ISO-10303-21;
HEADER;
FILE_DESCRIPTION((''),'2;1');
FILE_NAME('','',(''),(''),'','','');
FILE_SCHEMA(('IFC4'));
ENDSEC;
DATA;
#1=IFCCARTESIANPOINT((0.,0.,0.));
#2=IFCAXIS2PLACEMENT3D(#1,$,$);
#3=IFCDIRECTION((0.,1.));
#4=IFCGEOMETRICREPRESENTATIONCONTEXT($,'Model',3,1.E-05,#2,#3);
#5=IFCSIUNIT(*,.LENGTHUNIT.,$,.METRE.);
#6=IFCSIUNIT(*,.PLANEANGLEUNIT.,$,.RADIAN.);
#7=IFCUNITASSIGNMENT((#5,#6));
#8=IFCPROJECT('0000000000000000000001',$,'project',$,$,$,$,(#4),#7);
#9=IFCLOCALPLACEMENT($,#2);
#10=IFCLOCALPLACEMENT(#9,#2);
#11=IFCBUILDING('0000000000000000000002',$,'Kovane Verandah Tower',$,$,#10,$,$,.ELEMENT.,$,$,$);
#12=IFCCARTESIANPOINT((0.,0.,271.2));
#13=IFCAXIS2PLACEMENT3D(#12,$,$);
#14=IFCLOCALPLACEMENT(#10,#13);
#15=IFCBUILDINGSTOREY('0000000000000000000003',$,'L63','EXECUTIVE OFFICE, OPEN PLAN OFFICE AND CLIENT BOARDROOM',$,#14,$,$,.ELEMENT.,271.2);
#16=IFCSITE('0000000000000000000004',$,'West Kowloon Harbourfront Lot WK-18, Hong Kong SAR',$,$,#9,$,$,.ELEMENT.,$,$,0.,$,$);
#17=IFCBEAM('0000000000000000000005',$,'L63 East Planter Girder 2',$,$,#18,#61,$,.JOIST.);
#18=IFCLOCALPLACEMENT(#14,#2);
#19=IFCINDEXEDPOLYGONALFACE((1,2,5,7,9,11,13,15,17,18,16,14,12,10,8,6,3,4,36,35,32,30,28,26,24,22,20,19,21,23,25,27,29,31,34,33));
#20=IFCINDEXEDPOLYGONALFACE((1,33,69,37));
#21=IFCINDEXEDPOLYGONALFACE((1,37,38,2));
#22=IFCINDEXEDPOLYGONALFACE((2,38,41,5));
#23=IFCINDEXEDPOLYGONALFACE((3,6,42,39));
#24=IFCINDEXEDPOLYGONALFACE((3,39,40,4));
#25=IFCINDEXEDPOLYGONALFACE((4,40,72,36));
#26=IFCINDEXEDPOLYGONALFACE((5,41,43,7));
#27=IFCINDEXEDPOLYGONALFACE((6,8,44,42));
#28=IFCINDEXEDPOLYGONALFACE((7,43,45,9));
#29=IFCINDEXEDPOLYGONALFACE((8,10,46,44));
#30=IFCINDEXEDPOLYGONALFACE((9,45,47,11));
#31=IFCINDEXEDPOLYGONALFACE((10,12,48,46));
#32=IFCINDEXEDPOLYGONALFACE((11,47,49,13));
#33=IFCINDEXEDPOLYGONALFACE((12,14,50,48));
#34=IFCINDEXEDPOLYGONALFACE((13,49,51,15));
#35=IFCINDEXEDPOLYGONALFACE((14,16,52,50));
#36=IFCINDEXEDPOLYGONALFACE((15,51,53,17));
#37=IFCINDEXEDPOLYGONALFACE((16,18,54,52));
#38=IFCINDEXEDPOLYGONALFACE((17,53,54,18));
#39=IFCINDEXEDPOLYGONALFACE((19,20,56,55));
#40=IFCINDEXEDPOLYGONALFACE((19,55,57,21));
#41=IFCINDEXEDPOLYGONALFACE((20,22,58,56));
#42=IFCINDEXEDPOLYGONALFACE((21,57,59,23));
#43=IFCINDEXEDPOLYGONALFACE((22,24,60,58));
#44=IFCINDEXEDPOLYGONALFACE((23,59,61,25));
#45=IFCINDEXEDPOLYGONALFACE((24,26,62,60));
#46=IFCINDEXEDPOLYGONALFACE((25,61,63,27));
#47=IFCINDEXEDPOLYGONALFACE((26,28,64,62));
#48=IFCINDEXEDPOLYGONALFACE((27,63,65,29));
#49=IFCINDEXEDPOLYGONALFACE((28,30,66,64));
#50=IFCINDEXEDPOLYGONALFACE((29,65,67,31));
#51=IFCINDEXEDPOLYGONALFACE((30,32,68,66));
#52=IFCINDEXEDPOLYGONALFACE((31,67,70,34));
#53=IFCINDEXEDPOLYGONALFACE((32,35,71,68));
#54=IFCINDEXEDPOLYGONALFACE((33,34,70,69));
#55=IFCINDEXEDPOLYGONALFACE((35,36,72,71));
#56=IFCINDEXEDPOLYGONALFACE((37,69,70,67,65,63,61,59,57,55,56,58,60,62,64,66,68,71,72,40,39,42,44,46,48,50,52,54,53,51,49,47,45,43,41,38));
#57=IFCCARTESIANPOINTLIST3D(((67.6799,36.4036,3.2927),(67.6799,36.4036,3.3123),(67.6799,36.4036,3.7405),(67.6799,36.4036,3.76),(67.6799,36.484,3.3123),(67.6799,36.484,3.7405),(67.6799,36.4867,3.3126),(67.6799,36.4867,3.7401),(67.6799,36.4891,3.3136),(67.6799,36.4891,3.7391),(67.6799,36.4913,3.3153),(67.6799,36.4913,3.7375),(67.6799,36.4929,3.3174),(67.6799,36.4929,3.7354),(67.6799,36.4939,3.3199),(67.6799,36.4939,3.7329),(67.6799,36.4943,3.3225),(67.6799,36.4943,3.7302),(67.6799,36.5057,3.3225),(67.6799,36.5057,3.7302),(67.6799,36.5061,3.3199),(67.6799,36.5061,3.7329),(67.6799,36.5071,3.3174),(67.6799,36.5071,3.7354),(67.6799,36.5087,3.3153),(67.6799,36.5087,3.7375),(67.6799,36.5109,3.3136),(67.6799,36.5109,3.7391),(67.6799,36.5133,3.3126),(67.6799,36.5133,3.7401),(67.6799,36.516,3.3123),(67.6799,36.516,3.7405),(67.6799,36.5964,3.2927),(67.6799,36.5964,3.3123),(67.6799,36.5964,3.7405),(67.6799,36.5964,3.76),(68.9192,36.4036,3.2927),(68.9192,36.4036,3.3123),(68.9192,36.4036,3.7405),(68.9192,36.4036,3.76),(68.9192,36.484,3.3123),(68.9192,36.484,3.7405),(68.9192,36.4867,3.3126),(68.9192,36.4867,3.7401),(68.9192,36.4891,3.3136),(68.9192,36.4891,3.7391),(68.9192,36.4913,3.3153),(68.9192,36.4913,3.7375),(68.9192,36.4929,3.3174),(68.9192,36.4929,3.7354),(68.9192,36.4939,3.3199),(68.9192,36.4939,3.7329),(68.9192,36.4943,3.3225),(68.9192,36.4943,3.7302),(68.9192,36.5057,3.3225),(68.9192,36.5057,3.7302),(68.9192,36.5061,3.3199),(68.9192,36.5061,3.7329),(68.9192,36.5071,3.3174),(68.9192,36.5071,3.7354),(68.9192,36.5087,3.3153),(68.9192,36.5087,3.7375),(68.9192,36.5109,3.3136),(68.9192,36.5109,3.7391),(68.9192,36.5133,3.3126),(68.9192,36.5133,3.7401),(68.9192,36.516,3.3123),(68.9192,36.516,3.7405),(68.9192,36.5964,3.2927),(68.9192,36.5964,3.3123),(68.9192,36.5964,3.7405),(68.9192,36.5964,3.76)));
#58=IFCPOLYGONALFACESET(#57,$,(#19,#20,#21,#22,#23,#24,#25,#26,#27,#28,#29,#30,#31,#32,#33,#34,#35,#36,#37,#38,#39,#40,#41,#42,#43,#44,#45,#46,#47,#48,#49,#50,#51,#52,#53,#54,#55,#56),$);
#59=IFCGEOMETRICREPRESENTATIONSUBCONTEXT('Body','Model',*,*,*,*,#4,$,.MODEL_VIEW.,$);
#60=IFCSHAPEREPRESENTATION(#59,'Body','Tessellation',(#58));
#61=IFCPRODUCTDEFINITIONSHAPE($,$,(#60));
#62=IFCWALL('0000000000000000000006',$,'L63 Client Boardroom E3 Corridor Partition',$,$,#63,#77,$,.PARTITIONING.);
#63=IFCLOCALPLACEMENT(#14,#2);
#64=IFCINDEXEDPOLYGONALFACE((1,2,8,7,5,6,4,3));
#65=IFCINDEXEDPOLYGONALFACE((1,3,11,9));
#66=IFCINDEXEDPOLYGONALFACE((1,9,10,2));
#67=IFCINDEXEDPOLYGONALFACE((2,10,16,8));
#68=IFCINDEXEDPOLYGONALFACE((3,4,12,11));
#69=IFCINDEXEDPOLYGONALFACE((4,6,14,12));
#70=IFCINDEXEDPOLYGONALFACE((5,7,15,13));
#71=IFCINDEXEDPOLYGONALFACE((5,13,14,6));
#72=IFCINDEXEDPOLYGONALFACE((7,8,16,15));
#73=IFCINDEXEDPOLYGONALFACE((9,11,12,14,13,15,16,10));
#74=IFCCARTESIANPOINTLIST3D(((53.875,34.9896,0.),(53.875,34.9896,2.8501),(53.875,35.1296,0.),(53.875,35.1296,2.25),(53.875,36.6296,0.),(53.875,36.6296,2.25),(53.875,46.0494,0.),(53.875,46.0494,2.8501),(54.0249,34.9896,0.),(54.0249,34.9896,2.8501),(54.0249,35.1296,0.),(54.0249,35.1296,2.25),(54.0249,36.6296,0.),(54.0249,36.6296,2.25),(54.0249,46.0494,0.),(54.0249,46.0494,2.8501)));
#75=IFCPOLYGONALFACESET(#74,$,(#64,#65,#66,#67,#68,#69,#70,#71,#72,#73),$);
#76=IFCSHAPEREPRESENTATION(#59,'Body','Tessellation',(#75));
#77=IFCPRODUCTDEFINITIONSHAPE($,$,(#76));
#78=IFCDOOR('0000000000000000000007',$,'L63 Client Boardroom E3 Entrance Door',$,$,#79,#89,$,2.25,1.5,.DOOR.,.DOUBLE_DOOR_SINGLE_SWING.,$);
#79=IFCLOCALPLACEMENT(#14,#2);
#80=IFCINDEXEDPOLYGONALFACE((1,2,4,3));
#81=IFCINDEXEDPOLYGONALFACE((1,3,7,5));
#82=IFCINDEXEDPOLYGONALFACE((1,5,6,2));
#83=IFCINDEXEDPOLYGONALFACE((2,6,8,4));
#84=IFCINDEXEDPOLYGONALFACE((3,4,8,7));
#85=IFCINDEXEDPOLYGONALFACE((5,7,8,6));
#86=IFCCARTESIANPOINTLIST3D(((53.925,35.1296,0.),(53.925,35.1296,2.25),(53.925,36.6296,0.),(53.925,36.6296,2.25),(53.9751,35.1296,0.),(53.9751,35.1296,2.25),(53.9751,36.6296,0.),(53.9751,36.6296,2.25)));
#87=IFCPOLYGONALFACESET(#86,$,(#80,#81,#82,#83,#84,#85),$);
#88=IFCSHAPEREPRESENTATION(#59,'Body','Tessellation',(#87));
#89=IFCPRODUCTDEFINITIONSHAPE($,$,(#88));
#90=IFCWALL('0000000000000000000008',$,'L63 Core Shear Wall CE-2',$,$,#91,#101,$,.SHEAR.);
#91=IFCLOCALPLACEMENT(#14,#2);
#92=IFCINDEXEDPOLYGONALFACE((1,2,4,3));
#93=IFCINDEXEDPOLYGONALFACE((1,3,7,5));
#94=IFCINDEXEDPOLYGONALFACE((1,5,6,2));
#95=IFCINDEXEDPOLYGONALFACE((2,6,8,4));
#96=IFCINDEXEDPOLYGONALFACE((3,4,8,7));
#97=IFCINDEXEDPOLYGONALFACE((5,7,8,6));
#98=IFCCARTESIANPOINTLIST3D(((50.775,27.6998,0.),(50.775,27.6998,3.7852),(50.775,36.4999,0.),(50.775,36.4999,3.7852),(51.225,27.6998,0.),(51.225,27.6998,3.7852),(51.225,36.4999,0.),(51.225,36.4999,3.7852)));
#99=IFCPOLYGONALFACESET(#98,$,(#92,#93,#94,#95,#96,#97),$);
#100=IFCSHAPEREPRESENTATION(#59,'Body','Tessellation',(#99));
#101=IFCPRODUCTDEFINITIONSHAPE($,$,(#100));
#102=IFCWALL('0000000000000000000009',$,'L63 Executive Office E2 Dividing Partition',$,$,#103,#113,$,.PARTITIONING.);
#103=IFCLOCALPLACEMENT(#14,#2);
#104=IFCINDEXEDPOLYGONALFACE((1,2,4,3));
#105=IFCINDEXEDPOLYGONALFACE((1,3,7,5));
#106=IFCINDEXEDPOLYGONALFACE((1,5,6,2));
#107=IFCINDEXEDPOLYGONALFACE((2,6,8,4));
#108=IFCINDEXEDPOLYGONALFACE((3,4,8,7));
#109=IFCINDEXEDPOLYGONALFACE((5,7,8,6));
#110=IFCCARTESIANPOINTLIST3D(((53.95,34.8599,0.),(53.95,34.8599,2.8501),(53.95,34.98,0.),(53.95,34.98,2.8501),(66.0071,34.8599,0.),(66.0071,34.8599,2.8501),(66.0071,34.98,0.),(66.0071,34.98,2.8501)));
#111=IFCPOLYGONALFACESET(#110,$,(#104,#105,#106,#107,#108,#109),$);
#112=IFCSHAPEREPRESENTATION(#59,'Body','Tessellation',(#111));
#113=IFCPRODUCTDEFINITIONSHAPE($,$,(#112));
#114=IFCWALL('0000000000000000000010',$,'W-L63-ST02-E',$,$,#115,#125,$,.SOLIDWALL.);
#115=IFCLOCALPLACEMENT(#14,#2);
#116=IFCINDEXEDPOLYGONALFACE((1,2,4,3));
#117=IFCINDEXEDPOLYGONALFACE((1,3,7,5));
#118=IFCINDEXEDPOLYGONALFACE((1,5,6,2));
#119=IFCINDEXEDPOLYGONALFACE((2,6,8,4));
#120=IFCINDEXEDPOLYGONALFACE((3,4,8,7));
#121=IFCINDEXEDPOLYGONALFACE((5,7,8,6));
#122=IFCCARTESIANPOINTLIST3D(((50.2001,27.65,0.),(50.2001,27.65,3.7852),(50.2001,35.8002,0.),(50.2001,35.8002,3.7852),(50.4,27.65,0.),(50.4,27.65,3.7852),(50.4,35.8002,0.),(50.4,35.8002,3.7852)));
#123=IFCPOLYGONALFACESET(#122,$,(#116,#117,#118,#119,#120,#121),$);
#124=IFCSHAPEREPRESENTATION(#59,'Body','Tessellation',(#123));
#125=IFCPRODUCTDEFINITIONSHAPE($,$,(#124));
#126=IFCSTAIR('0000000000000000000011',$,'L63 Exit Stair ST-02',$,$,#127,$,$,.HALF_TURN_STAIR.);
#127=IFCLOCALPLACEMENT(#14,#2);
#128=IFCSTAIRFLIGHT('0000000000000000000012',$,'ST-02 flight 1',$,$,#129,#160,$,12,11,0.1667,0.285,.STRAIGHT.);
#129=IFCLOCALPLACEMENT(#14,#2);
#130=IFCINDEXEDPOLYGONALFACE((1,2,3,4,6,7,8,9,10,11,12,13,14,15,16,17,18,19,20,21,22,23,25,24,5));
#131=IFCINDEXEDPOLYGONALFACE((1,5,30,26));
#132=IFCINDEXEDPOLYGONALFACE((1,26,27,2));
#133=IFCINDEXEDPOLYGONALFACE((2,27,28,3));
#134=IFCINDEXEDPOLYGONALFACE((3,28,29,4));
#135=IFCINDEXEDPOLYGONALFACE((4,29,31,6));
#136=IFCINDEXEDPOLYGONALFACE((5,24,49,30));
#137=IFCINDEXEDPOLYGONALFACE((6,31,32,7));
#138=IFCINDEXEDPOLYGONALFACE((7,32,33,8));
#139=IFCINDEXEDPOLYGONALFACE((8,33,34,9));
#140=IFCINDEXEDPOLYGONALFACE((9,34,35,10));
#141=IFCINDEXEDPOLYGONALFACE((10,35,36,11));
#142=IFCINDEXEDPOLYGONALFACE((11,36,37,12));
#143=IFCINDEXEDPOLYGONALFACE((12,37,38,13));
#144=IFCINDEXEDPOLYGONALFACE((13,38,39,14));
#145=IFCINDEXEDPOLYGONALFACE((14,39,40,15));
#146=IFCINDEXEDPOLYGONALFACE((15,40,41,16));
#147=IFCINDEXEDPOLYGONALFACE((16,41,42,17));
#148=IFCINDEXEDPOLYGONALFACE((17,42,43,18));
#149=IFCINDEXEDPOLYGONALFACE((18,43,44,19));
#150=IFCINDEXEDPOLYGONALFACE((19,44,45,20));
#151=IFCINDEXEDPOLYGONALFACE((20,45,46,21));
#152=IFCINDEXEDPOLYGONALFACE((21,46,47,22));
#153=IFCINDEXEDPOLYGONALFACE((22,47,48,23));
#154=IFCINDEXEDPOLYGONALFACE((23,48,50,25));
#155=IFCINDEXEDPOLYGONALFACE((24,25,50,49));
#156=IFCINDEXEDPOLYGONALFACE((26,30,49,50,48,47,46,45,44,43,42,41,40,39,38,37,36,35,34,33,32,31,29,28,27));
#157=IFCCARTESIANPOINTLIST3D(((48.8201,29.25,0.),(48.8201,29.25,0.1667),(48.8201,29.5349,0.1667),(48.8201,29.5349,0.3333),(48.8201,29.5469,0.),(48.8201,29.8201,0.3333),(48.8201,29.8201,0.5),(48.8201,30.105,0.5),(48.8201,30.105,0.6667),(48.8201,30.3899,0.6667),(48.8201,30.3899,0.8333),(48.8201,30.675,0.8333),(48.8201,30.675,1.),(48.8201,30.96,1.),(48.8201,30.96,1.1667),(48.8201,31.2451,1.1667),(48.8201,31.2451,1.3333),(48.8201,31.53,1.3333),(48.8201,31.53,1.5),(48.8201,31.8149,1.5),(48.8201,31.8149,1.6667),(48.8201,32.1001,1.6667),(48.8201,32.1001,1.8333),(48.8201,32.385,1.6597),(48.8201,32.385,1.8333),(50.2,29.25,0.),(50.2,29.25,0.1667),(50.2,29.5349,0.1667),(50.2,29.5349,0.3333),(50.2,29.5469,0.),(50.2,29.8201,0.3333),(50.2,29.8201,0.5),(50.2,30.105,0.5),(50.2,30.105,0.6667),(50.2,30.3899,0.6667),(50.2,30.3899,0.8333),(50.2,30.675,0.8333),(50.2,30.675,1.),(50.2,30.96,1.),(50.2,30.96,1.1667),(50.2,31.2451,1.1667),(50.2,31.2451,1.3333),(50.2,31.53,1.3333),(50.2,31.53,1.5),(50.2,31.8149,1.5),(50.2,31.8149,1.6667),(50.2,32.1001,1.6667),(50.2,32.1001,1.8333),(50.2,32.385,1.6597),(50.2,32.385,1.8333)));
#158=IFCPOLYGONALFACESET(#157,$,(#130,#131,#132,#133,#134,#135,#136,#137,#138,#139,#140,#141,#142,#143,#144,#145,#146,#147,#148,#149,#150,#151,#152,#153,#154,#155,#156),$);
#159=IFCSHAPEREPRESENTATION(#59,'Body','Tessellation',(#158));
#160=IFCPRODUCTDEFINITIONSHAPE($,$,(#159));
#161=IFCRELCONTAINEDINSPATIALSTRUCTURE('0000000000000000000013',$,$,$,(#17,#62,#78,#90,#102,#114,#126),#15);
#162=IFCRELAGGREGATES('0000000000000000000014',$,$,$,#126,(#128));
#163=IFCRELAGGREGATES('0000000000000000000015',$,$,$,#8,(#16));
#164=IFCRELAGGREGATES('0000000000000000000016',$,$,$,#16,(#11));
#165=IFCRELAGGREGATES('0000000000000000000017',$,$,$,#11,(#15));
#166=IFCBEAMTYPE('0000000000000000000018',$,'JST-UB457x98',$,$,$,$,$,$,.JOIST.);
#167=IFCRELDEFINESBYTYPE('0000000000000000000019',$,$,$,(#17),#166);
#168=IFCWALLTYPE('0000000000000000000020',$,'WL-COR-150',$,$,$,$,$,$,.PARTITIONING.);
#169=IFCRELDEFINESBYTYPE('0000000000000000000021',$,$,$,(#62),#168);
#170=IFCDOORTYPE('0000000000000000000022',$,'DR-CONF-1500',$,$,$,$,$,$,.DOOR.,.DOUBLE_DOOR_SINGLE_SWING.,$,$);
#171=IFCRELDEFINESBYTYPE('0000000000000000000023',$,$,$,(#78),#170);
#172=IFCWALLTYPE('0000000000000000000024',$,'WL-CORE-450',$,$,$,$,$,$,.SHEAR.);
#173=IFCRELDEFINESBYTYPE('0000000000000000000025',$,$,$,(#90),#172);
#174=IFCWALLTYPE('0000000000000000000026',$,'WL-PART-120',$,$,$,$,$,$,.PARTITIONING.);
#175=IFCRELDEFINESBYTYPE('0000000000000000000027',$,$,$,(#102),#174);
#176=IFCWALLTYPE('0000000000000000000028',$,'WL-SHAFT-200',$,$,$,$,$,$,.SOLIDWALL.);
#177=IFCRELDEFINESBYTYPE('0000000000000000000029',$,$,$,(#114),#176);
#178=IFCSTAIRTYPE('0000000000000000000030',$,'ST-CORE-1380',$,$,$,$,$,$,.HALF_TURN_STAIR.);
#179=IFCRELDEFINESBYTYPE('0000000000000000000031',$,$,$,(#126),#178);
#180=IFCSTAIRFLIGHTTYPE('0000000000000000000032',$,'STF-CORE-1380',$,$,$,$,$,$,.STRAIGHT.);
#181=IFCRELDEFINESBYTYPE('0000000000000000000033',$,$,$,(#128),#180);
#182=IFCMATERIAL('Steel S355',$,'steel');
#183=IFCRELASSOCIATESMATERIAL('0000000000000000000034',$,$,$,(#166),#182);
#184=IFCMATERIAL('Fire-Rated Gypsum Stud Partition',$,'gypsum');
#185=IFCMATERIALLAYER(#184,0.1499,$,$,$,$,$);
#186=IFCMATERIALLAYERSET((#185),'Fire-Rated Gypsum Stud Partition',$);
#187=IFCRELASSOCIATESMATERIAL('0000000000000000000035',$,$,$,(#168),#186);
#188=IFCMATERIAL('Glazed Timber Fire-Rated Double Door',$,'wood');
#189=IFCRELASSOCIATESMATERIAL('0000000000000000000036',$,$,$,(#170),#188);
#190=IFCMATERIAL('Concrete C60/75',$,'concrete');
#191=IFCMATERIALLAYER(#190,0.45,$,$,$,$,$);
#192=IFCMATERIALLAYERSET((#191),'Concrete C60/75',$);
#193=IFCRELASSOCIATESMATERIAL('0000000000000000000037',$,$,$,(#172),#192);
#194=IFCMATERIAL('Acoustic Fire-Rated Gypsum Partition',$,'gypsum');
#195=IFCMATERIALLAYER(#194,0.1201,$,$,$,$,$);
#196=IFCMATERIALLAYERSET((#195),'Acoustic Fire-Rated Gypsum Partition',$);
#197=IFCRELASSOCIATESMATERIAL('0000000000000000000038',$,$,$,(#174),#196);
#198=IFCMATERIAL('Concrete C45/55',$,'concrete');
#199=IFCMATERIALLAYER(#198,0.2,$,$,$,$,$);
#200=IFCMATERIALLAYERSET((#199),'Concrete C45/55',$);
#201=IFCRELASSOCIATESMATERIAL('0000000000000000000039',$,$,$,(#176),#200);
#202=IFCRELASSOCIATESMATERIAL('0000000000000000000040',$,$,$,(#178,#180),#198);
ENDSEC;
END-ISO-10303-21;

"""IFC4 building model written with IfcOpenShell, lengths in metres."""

from ifc_helpers import new_model, si_unit, direction, frame, frame_2d, origin, origin_2d, place, context, subcontext, project, spatial, polyline, rectangle, i_section, outline, extrude, material, layer, layer_set, material_profile, profile_set, type_object, element, fill, aggregate, save


model = new_model("IFC4")

# Units and contexts
model_context = context("Model", 3, precision=1e-05, world=origin(), true_north=direction((0.0, 1.0)))
body_context = subcontext(model_context, "Body", "Model", "MODEL_VIEW")
ifc_project = project(units=[si_unit("LENGTHUNIT", "METRE"), si_unit("PLANEANGLEUNIT", "RADIAN")], contexts=[model_context])

# Site, building, storey
site_placement = place(None, origin())
site = spatial("IfcSite", under=ifc_project, at=site_placement, Name="West Kowloon Harbourfront Lot WK-18, Hong Kong SAR", CompositionType="ELEMENT", RefElevation=0.0)
building_placement = place(site_placement, origin())
building = spatial("IfcBuilding", under=site, at=building_placement, Name="Kovane Verandah Tower", CompositionType="ELEMENT")
storey_placement = place(building_placement, frame((0.0, 0.0, 271.2)))
storey = spatial("IfcBuildingStorey", under=building, at=storey_placement, Name="L63", Description="EXECUTIVE OFFICE, OPEN PLAN OFFICE AND CLIENT BOARDROOM", CompositionType="ELEMENT", Elevation=271.2)

# Shared definitions
ifc_material_1 = material(Name="Concrete C60/75", Category="concrete")

# Beam
ifc_material_2 = material(Name="Steel S355", Category="steel")
ifc_material_profile_1 = material_profile(ifc_material_2, i_section(OverallWidth=0.1929, OverallDepth=0.4673, WebThickness=0.0115, FlangeThickness=0.0195, FilletRadius=0.0103, at=origin_2d()), Name="UB457x191x98")
ifc_profile_set_1 = profile_set([ifc_material_profile_1], Name="Steel S355")
beam_type_1 = type_object("IfcBeamType", Name="JST-UB457x98", PredefinedType="JOIST", material=ifc_profile_set_1)
beam_1_placement = place(storey_placement, frame((67.6799, 36.5, 3.5264), z_axis=(1.0, 0.0, 0.0), x_axis=(0.0, 1.0, 0.0)))
element("IfcBeam", 1, at=beam_1_placement, inside=storey, type_object=beam_type_1, Name="L63 East Planter Girder 2", PredefinedType="JOIST", context=body_context, shape_type="SweptSolid", body=[
    extrude(i_section(OverallWidth=0.1929, OverallDepth=0.4673, WebThickness=0.0115, FlangeThickness=0.0195, FilletRadius=0.0103, at=origin_2d()), origin(), (0.0, 0.0, 1.0), 1.2393),
])

# Wall, opening, door
ifc_material_3 = material(Name="Fire-Rated Gypsum Stud Partition", Category="gypsum")
ifc_layer_1 = layer(ifc_material_3, 0.1499)
ifc_layer_set_1 = layer_set([ifc_layer_1], Name="Fire-Rated Gypsum Stud Partition")
wall_type_1 = type_object("IfcWallType", Name="WL-COR-150", PredefinedType="PARTITIONING", material=ifc_layer_set_1)
wall_1_placement = place(storey_placement, frame((53.95, 34.9897, 0.0), z_axis=(0.0, 0.0, 1.0), x_axis=(0.0, 1.0, 0.0)))
wall_1 = element("IfcWall", 2, at=wall_1_placement, inside=storey, type_object=wall_type_1, Name="L63 Client Boardroom E3 Corridor Partition", PredefinedType="PARTITIONING", context=body_context, shape_type="SweptSolid", body=[
    extrude(rectangle(XDim=11.0598, YDim=0.1499, at=frame_2d((5.5298, 0.0))), origin(), (0.0, 0.0, 1.0), 2.8501),
])
opening_placement = place(wall_1_placement, frame((0.1399, 0.0, 0.0)))
opening = element("IfcOpeningElement", 3, at=opening_placement, cuts=wall_1, PredefinedType="OPENING", context=body_context, shape_type="SweptSolid", body=[
    extrude(rectangle(XDim=1.5, YDim=2.25, at=frame_2d((0.75, 1.125))), frame((0.0, 0.075, 0.0), z_axis=(0.0, -1.0, 0.0), x_axis=(1.0, 0.0, 0.0)), (0.0, 0.0, 1.0), 0.1499),
])
ifc_material_4 = material(Name="Glazed Timber Fire-Rated Double Door", Category="wood")
door_type = type_object("IfcDoorType", Name="DR-CONF-1500", OperationType="DOUBLE_DOOR_SINGLE_SWING", PredefinedType="DOOR", material=ifc_material_4)
door_placement = place(opening_placement, origin())
door = element("IfcDoor", 4, at=door_placement, inside=storey, type_object=door_type, Name="L63 Client Boardroom E3 Entrance Door", OperationType="DOUBLE_DOOR_SINGLE_SWING", OverallHeight=2.25, OverallWidth=1.5, PredefinedType="DOOR", context=body_context, shape_type="SweptSolid", body=[
    extrude(rectangle(XDim=1.5, YDim=2.25, at=frame_2d((0.75, 1.125))), frame((0.0, 0.0249, 0.0), z_axis=(0.0, -1.0, 0.0), x_axis=(1.0, 0.0, 0.0)), (0.0, 0.0, 1.0), 0.05),
])
fill(opening, door)

# Walls
ifc_layer_2 = layer(ifc_material_1, 0.45)
ifc_layer_set_2 = layer_set([ifc_layer_2], Name="Concrete C60/75")
wall_type_2 = type_object("IfcWallType", Name="WL-CORE-450", PredefinedType="SHEAR", material=ifc_layer_set_2)
wall_2_placement = place(storey_placement, frame((51.0, 27.7, 0.0), z_axis=(0.0, 0.0, 1.0), x_axis=(0.0, 1.0, 0.0)))
element("IfcWall", 5, at=wall_2_placement, inside=storey, type_object=wall_type_2, Name="L63 Core Shear Wall CE-2", PredefinedType="SHEAR", context=body_context, shape_type="SweptSolid", body=[
    extrude(rectangle(XDim=8.8, YDim=0.45, at=frame_2d((4.3999, 0.0))), origin(), (0.0, 0.0, 1.0), 3.7852),
])
ifc_material_5 = material(Name="Acoustic Fire-Rated Gypsum Partition", Category="gypsum")
ifc_layer_3 = layer(ifc_material_5, 0.1201)
ifc_layer_set_3 = layer_set([ifc_layer_3], Name="Acoustic Fire-Rated Gypsum Partition")
wall_type_3 = type_object("IfcWallType", Name="WL-PART-120", PredefinedType="PARTITIONING", material=ifc_layer_set_3)
wall_3_placement = place(storey_placement, frame((53.95, 34.9199, 0.0), z_axis=(0.0, 0.0, 1.0), x_axis=(1.0, 0.0, 0.0)))
element("IfcWall", 6, at=wall_3_placement, inside=storey, type_object=wall_type_3, Name="L63 Executive Office E2 Dividing Partition", PredefinedType="PARTITIONING", context=body_context, shape_type="SweptSolid", body=[
    extrude(rectangle(XDim=12.0571, YDim=0.1201, at=frame_2d((6.0286, 0.0))), origin(), (0.0, 0.0, 1.0), 2.8501),
])
ifc_material_6 = material(Name="Concrete C45/55", Category="concrete")
ifc_layer_4 = layer(ifc_material_6, 0.2)
ifc_layer_set_4 = layer_set([ifc_layer_4], Name="Concrete C45/55")
wall_type_4 = type_object("IfcWallType", Name="WL-SHAFT-200", PredefinedType="SOLIDWALL", material=ifc_layer_set_4)
wall_4_placement = place(storey_placement, frame((50.3, 27.6499, 0.0), z_axis=(0.0, 0.0, 1.0), x_axis=(0.0, 1.0, 0.0)))
element("IfcWall", 7, at=wall_4_placement, inside=storey, type_object=wall_type_4, Name="W-L63-ST02-E", PredefinedType="SOLIDWALL", context=body_context, shape_type="SweptSolid", body=[
    extrude(rectangle(XDim=8.1501, YDim=0.2, at=frame_2d((4.0752, 0.0))), origin(), (0.0, 0.0, 1.0), 3.7852),
])

# Stair, stair flight
stair_type = type_object("IfcStairType", Name="ST-CORE-1380", PredefinedType="HALF_TURN_STAIR", material=ifc_material_6)
stair_placement = place(storey_placement, origin())
stair = element("IfcStair", 8, at=stair_placement, inside=storey, type_object=stair_type, Name="L63 Exit Stair ST-02", PredefinedType="HALF_TURN_STAIR")
stair_flight_type = type_object("IfcStairFlightType", Name="STF-CORE-1380", PredefinedType="STRAIGHT", material=ifc_material_6)
stair_flight_placement = place(storey_placement, frame((49.51, 29.25, 0.0), z_axis=(0.0, 0.0, 1.0), x_axis=(0.0, 1.0, 0.0)))
stair_flight = element("IfcStairFlight", 9, at=stair_flight_placement, type_object=stair_flight_type, Name="ST-02 flight 1", NumberOfRisers=12, NumberOfTreads=11, PredefinedType="STRAIGHT", RiserHeight=0.1667, TreadLength=0.285, context=body_context, shape_type="SweptSolid", body=[
    extrude(outline(polyline([(0.0, 0.0), (0.0, 0.1667), (0.2849, 0.1667), (0.2849, 0.3333), (0.5701, 0.3333), (0.5701, 0.5), (0.855, 0.5), (0.855, 0.6667), (1.1399, 0.6667), (1.1399, 0.8333), (1.425, 0.8333), (1.425, 1.0), (1.71, 1.0), (1.71, 1.1667), (1.9951, 1.1667), (1.9951, 1.3333), (2.28, 1.3333), (2.28, 1.5), (2.5649, 1.5), (2.5649, 1.6667), (2.8501, 1.6667), (2.8501, 1.8333), (3.135, 1.8333), (3.135, 2.0), (3.135, 1.6597), (0.2969, 0.0), (0.0, 0.0)])), frame((0.0, 0.6899, 0.0), z_axis=(0.0, -1.0, 0.0), x_axis=(1.0, 0.0, 0.0)), (0.0, 0.0, 1.0), 1.3799),
])
aggregate(stair, [stair_flight])

save(model, "model.ifc")
